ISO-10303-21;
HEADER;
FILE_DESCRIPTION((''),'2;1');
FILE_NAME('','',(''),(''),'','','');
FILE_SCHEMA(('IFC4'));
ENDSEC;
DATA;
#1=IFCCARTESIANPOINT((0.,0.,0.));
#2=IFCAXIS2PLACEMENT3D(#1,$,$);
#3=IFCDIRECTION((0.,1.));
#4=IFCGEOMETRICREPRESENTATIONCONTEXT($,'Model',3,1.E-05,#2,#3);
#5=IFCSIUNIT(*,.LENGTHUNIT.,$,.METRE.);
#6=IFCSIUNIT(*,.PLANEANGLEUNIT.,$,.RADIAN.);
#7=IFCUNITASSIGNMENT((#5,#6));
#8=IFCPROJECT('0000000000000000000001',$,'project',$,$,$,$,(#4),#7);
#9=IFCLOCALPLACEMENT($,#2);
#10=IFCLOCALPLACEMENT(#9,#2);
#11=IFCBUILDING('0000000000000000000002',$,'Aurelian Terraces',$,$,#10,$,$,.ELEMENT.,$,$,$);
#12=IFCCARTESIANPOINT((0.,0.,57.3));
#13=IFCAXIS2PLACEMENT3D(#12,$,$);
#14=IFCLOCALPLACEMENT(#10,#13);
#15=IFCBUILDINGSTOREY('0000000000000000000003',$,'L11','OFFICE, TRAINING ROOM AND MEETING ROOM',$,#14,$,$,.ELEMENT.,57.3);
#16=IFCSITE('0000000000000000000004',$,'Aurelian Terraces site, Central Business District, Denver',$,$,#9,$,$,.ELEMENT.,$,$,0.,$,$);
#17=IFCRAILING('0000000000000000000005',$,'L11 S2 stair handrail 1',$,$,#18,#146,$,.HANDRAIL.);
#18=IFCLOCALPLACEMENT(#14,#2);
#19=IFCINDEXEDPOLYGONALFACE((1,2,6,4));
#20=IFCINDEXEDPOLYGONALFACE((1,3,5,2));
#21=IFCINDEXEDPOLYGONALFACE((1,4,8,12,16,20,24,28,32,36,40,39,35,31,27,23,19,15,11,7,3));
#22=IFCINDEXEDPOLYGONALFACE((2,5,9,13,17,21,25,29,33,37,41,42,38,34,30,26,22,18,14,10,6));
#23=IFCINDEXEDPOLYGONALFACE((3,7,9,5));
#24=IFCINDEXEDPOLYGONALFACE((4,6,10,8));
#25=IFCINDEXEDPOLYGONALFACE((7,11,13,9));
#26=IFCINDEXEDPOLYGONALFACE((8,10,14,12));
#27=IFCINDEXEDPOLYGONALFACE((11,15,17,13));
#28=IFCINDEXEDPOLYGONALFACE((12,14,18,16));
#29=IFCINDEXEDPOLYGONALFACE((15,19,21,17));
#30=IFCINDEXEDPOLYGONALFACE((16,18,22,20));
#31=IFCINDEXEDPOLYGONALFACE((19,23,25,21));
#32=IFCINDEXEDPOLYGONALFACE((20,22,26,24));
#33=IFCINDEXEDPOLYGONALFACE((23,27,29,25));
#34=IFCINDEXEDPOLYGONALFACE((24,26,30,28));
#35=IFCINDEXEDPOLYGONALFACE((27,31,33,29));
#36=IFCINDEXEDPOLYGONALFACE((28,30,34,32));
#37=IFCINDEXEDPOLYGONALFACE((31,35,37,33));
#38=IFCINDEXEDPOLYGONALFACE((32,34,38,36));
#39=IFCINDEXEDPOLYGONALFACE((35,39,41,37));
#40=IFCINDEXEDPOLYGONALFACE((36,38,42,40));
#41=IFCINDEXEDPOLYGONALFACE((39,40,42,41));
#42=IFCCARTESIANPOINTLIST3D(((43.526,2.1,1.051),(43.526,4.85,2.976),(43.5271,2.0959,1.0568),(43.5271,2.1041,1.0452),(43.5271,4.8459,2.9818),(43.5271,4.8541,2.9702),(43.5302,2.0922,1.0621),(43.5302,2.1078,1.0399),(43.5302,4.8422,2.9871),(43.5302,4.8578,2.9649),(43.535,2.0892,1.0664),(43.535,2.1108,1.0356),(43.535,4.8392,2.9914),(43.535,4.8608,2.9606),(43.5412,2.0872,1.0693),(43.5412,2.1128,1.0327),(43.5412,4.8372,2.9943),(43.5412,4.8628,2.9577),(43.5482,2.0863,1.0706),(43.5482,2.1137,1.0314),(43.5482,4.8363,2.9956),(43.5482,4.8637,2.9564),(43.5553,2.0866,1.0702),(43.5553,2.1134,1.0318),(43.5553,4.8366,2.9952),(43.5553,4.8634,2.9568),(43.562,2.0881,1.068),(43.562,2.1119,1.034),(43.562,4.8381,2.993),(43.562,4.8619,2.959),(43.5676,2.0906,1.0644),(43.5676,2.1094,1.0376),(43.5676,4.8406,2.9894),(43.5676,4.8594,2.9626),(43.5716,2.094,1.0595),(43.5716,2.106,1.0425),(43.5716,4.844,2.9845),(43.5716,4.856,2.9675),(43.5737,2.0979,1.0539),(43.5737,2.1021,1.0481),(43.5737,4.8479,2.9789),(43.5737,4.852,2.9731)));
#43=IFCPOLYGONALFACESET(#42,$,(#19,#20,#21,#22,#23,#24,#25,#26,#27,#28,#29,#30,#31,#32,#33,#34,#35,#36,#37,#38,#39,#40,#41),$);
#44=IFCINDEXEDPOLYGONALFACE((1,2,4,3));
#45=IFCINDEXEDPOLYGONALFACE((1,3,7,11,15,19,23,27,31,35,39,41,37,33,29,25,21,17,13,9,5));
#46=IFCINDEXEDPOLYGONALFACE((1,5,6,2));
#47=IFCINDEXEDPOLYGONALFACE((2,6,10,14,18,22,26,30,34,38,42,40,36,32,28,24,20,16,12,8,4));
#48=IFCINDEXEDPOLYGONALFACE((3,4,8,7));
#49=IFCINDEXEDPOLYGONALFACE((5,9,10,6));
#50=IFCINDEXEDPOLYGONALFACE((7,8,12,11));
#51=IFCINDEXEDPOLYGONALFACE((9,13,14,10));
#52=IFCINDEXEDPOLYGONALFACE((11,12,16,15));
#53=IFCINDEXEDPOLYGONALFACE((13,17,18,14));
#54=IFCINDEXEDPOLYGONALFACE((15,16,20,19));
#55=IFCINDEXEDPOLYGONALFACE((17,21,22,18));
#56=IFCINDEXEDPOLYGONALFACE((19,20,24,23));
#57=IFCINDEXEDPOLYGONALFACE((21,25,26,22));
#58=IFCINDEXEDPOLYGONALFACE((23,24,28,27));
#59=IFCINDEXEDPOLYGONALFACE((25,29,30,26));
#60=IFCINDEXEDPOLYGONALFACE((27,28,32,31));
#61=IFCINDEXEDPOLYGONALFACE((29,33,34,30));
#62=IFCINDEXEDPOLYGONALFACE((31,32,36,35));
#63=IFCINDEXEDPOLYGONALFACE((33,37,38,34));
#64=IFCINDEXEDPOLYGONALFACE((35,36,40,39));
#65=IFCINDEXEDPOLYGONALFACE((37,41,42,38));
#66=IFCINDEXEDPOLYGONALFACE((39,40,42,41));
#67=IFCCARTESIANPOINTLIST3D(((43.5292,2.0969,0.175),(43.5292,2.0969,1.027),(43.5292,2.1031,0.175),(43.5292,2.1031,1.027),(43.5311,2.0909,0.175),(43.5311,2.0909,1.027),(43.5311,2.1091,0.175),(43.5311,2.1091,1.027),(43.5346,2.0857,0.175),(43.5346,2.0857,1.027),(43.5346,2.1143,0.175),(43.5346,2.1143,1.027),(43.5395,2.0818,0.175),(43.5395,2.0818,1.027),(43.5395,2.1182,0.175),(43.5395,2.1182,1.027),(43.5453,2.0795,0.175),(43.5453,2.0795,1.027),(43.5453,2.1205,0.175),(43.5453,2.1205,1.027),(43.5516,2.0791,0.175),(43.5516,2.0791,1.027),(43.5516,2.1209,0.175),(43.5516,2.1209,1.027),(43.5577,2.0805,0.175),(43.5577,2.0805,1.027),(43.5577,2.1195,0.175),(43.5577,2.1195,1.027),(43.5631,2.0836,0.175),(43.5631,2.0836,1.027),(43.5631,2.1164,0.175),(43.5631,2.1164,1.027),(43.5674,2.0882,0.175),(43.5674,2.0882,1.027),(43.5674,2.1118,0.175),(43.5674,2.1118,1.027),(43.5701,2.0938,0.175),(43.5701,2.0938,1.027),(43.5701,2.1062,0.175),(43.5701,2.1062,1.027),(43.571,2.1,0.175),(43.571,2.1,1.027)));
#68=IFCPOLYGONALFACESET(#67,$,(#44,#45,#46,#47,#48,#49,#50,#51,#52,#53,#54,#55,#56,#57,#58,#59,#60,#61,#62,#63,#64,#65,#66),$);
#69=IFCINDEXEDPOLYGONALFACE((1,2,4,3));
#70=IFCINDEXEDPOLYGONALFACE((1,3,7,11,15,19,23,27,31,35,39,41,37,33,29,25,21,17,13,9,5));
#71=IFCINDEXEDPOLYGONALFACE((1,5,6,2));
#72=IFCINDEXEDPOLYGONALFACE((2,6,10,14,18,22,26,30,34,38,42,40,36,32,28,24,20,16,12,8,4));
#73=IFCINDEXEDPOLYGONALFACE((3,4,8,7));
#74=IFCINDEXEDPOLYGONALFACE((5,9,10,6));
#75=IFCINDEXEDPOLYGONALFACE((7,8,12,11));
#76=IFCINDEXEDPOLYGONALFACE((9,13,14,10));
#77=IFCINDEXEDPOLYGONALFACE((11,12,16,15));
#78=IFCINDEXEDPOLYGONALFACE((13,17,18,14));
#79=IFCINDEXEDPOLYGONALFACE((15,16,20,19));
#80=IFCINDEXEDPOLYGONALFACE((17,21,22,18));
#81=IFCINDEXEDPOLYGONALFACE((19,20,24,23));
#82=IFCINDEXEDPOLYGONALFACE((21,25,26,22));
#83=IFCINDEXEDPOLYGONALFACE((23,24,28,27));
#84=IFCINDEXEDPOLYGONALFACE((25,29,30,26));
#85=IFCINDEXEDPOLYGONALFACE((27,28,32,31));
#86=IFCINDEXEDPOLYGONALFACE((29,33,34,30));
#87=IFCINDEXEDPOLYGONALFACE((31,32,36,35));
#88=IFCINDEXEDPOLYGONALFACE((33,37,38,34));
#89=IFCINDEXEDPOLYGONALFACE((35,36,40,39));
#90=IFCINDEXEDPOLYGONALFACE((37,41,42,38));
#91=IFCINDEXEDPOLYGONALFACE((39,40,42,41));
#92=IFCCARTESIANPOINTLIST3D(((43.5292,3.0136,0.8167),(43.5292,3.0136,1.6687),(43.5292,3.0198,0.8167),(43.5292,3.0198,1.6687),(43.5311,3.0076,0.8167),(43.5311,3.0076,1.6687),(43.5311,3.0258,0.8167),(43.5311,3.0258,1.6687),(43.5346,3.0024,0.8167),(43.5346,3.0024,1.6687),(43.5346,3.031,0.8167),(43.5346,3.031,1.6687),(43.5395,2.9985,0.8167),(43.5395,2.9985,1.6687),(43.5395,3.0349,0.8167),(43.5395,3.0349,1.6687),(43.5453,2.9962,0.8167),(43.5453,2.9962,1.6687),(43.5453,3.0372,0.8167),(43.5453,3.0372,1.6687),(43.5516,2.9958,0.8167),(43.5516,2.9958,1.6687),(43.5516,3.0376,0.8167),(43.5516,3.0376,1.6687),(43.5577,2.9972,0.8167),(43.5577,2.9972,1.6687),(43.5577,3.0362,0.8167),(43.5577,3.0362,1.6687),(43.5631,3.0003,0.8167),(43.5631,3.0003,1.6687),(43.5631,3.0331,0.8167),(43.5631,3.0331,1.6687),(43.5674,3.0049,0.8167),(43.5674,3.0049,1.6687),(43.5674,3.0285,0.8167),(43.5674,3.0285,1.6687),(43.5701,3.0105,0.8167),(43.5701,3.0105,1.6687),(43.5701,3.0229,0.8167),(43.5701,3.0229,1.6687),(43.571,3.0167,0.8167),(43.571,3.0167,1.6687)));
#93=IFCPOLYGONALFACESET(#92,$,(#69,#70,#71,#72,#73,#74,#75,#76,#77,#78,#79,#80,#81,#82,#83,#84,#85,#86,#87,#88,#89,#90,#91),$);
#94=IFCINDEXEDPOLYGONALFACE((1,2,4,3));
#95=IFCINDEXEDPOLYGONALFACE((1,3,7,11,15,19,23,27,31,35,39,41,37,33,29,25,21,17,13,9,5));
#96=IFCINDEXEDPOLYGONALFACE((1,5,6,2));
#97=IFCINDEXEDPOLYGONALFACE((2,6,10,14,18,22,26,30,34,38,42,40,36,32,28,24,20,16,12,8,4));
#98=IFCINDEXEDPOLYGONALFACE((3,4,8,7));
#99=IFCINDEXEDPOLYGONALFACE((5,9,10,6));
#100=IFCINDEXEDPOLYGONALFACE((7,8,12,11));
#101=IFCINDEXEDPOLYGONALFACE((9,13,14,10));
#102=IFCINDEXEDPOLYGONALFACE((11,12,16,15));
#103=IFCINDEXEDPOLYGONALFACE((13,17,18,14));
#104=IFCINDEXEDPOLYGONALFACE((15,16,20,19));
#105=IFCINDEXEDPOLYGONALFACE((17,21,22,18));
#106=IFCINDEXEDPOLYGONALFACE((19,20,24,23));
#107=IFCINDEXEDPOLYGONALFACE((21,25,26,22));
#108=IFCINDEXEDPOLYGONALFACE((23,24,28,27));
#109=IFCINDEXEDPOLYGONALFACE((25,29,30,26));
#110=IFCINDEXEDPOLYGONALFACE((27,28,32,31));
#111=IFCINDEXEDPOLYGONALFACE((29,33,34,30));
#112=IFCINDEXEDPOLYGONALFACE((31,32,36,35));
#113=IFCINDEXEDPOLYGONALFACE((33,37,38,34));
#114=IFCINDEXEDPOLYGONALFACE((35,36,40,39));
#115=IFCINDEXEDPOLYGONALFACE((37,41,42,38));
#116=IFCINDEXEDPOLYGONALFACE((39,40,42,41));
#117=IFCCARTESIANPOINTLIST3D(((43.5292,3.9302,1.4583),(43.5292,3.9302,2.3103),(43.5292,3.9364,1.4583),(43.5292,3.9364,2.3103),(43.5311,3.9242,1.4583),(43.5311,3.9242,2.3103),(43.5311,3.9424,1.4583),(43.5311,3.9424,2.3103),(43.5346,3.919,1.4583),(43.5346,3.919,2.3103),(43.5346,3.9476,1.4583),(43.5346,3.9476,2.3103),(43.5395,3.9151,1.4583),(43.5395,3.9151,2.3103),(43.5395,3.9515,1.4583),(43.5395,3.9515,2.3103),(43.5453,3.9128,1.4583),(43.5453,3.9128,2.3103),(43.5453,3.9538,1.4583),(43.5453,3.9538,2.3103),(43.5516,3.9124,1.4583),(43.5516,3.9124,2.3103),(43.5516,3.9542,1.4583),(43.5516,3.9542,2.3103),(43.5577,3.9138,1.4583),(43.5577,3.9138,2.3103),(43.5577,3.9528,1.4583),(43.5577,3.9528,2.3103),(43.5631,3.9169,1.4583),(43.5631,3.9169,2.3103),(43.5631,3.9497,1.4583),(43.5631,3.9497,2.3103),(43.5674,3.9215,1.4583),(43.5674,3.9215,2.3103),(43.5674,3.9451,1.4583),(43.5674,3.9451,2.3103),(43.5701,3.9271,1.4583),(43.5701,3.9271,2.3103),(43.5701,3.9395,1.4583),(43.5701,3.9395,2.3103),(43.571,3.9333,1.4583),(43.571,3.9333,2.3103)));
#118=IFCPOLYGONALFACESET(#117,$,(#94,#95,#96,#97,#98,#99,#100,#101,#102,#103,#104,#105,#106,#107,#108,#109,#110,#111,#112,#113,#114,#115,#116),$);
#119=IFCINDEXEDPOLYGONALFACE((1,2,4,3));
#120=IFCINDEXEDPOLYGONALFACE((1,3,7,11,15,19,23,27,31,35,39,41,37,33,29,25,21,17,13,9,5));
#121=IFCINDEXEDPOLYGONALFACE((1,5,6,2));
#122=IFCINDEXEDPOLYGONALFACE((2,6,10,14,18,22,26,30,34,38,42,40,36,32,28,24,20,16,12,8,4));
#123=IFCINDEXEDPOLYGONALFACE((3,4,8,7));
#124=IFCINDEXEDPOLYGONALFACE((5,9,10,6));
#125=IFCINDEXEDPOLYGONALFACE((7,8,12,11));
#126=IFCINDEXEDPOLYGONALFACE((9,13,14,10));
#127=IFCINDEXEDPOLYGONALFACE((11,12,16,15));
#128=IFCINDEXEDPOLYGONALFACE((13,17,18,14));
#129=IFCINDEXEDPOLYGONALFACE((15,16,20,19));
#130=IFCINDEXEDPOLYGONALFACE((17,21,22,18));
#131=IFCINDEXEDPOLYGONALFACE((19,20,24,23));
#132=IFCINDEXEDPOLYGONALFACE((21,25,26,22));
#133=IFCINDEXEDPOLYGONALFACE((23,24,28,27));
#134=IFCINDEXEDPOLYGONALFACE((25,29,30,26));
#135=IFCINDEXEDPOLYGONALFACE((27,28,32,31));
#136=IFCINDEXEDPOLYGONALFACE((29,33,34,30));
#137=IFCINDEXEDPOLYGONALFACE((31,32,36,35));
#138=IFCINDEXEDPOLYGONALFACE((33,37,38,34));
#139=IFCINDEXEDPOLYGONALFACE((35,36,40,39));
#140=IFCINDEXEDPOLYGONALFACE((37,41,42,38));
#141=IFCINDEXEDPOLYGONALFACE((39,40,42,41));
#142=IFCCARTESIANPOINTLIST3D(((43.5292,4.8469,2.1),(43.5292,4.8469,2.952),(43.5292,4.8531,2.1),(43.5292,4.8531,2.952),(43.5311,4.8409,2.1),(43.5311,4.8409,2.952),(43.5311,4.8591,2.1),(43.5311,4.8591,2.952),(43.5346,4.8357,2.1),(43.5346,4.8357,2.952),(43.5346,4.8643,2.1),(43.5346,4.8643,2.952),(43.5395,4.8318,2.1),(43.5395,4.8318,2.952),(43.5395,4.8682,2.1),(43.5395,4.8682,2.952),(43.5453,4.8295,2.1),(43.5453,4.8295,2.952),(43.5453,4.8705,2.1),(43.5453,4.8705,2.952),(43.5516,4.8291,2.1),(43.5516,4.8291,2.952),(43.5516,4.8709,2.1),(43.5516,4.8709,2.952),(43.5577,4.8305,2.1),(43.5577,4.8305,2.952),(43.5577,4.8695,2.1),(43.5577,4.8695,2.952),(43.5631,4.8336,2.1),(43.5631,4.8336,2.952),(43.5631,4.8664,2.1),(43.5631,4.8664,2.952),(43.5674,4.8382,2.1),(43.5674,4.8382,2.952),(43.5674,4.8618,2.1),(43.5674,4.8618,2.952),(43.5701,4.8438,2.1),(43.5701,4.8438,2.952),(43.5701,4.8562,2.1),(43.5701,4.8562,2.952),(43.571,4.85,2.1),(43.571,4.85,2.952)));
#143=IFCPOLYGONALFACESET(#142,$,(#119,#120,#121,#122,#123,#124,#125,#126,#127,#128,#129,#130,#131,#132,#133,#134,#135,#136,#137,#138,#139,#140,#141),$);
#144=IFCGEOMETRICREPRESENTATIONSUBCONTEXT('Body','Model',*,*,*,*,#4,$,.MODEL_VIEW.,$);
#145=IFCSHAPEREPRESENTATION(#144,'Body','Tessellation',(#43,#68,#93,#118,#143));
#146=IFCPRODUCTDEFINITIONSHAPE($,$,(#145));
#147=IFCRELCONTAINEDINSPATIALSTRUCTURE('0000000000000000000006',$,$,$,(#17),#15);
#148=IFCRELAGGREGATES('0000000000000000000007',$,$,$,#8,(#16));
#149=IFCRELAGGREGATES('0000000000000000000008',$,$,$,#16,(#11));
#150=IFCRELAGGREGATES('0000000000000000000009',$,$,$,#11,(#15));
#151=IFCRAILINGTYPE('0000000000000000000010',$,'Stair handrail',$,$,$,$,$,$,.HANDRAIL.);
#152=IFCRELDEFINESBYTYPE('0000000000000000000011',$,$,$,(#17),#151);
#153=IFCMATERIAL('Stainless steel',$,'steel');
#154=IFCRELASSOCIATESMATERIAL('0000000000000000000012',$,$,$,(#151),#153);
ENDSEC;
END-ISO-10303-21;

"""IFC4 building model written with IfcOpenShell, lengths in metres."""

from ifc_helpers import new_model, si_unit, direction, frame, origin, origin_2d, place, context, subcontext, project, spatial, circle, extrude, source, transform, mapped, material, type_object, element, save


model = new_model("IFC4")

# Units and contexts
model_context = context("Model", 3, precision=1e-05, world=origin(), true_north=direction((0.0, 1.0)))
body_context = subcontext(model_context, "Body", "Model", "MODEL_VIEW")
ifc_project = project(units=[si_unit("LENGTHUNIT", "METRE"), si_unit("PLANEANGLEUNIT", "RADIAN")], contexts=[model_context])

# Site, building, storey
site_placement = place(None, origin())
site = spatial("IfcSite", under=ifc_project, at=site_placement, Name="Aurelian Terraces site, Central Business District, Denver", CompositionType="ELEMENT", RefElevation=0.0)
building_placement = place(site_placement, origin())
building = spatial("IfcBuilding", under=site, at=building_placement, Name="Aurelian Terraces", CompositionType="ELEMENT")
storey_placement = place(building_placement, frame((0.0, 0.0, 57.3)))
storey = spatial("IfcBuildingStorey", under=building, at=storey_placement, Name="L11", Description="OFFICE, TRAINING ROOM AND MEETING ROOM", CompositionType="ELEMENT", Elevation=57.3)

# Railing
ifc_material_1 = material(Name="Stainless steel", Category="steel")
railing_type_1 = type_object("IfcRailingType", Name="Stair handrail", PredefinedType="HANDRAIL", material=ifc_material_1)
shared_shape_1 = source(origin(), body_context, "Body", "SweptSolid", [
    extrude(circle(Radius=0.024, at=origin_2d()), frame((0.0, 0.0, 0.876), z_axis=(0.0, 0.819232, 0.573462), x_axis=(-1.0, 0.0, 0.0)), (0.0, 0.0, 1.0), 3.3568),
    extrude(circle(Radius=0.021, at=origin_2d()), origin(), (0.0, 0.0, 1.0), 0.852),
    extrude(circle(Radius=0.021, at=origin_2d()), frame((0.0, 0.9167, 0.6417)), (0.0, 0.0, 1.0), 0.852),
    extrude(circle(Radius=0.021, at=origin_2d()), frame((0.0, 1.8333, 1.2833)), (0.0, 0.0, 1.0), 0.852),
    extrude(circle(Radius=0.021, at=origin_2d()), frame((0.0, 2.75, 1.925)), (0.0, 0.0, 1.0), 0.852),
])
railing_1_placement = place(storey_placement, frame((43.55, 2.1, 0.175)))
element("IfcRailing", 1, at=railing_1_placement, inside=storey, type_object=railing_type_1, Name="L11 S2 stair handrail 1", PredefinedType="HANDRAIL", context=body_context, shape_type="MappedRepresentation", body=[
    mapped(shared_shape_1, transform((0.0, 0.0, 0.0), scale=1.0)),
])

save(model, "model.ifc")
